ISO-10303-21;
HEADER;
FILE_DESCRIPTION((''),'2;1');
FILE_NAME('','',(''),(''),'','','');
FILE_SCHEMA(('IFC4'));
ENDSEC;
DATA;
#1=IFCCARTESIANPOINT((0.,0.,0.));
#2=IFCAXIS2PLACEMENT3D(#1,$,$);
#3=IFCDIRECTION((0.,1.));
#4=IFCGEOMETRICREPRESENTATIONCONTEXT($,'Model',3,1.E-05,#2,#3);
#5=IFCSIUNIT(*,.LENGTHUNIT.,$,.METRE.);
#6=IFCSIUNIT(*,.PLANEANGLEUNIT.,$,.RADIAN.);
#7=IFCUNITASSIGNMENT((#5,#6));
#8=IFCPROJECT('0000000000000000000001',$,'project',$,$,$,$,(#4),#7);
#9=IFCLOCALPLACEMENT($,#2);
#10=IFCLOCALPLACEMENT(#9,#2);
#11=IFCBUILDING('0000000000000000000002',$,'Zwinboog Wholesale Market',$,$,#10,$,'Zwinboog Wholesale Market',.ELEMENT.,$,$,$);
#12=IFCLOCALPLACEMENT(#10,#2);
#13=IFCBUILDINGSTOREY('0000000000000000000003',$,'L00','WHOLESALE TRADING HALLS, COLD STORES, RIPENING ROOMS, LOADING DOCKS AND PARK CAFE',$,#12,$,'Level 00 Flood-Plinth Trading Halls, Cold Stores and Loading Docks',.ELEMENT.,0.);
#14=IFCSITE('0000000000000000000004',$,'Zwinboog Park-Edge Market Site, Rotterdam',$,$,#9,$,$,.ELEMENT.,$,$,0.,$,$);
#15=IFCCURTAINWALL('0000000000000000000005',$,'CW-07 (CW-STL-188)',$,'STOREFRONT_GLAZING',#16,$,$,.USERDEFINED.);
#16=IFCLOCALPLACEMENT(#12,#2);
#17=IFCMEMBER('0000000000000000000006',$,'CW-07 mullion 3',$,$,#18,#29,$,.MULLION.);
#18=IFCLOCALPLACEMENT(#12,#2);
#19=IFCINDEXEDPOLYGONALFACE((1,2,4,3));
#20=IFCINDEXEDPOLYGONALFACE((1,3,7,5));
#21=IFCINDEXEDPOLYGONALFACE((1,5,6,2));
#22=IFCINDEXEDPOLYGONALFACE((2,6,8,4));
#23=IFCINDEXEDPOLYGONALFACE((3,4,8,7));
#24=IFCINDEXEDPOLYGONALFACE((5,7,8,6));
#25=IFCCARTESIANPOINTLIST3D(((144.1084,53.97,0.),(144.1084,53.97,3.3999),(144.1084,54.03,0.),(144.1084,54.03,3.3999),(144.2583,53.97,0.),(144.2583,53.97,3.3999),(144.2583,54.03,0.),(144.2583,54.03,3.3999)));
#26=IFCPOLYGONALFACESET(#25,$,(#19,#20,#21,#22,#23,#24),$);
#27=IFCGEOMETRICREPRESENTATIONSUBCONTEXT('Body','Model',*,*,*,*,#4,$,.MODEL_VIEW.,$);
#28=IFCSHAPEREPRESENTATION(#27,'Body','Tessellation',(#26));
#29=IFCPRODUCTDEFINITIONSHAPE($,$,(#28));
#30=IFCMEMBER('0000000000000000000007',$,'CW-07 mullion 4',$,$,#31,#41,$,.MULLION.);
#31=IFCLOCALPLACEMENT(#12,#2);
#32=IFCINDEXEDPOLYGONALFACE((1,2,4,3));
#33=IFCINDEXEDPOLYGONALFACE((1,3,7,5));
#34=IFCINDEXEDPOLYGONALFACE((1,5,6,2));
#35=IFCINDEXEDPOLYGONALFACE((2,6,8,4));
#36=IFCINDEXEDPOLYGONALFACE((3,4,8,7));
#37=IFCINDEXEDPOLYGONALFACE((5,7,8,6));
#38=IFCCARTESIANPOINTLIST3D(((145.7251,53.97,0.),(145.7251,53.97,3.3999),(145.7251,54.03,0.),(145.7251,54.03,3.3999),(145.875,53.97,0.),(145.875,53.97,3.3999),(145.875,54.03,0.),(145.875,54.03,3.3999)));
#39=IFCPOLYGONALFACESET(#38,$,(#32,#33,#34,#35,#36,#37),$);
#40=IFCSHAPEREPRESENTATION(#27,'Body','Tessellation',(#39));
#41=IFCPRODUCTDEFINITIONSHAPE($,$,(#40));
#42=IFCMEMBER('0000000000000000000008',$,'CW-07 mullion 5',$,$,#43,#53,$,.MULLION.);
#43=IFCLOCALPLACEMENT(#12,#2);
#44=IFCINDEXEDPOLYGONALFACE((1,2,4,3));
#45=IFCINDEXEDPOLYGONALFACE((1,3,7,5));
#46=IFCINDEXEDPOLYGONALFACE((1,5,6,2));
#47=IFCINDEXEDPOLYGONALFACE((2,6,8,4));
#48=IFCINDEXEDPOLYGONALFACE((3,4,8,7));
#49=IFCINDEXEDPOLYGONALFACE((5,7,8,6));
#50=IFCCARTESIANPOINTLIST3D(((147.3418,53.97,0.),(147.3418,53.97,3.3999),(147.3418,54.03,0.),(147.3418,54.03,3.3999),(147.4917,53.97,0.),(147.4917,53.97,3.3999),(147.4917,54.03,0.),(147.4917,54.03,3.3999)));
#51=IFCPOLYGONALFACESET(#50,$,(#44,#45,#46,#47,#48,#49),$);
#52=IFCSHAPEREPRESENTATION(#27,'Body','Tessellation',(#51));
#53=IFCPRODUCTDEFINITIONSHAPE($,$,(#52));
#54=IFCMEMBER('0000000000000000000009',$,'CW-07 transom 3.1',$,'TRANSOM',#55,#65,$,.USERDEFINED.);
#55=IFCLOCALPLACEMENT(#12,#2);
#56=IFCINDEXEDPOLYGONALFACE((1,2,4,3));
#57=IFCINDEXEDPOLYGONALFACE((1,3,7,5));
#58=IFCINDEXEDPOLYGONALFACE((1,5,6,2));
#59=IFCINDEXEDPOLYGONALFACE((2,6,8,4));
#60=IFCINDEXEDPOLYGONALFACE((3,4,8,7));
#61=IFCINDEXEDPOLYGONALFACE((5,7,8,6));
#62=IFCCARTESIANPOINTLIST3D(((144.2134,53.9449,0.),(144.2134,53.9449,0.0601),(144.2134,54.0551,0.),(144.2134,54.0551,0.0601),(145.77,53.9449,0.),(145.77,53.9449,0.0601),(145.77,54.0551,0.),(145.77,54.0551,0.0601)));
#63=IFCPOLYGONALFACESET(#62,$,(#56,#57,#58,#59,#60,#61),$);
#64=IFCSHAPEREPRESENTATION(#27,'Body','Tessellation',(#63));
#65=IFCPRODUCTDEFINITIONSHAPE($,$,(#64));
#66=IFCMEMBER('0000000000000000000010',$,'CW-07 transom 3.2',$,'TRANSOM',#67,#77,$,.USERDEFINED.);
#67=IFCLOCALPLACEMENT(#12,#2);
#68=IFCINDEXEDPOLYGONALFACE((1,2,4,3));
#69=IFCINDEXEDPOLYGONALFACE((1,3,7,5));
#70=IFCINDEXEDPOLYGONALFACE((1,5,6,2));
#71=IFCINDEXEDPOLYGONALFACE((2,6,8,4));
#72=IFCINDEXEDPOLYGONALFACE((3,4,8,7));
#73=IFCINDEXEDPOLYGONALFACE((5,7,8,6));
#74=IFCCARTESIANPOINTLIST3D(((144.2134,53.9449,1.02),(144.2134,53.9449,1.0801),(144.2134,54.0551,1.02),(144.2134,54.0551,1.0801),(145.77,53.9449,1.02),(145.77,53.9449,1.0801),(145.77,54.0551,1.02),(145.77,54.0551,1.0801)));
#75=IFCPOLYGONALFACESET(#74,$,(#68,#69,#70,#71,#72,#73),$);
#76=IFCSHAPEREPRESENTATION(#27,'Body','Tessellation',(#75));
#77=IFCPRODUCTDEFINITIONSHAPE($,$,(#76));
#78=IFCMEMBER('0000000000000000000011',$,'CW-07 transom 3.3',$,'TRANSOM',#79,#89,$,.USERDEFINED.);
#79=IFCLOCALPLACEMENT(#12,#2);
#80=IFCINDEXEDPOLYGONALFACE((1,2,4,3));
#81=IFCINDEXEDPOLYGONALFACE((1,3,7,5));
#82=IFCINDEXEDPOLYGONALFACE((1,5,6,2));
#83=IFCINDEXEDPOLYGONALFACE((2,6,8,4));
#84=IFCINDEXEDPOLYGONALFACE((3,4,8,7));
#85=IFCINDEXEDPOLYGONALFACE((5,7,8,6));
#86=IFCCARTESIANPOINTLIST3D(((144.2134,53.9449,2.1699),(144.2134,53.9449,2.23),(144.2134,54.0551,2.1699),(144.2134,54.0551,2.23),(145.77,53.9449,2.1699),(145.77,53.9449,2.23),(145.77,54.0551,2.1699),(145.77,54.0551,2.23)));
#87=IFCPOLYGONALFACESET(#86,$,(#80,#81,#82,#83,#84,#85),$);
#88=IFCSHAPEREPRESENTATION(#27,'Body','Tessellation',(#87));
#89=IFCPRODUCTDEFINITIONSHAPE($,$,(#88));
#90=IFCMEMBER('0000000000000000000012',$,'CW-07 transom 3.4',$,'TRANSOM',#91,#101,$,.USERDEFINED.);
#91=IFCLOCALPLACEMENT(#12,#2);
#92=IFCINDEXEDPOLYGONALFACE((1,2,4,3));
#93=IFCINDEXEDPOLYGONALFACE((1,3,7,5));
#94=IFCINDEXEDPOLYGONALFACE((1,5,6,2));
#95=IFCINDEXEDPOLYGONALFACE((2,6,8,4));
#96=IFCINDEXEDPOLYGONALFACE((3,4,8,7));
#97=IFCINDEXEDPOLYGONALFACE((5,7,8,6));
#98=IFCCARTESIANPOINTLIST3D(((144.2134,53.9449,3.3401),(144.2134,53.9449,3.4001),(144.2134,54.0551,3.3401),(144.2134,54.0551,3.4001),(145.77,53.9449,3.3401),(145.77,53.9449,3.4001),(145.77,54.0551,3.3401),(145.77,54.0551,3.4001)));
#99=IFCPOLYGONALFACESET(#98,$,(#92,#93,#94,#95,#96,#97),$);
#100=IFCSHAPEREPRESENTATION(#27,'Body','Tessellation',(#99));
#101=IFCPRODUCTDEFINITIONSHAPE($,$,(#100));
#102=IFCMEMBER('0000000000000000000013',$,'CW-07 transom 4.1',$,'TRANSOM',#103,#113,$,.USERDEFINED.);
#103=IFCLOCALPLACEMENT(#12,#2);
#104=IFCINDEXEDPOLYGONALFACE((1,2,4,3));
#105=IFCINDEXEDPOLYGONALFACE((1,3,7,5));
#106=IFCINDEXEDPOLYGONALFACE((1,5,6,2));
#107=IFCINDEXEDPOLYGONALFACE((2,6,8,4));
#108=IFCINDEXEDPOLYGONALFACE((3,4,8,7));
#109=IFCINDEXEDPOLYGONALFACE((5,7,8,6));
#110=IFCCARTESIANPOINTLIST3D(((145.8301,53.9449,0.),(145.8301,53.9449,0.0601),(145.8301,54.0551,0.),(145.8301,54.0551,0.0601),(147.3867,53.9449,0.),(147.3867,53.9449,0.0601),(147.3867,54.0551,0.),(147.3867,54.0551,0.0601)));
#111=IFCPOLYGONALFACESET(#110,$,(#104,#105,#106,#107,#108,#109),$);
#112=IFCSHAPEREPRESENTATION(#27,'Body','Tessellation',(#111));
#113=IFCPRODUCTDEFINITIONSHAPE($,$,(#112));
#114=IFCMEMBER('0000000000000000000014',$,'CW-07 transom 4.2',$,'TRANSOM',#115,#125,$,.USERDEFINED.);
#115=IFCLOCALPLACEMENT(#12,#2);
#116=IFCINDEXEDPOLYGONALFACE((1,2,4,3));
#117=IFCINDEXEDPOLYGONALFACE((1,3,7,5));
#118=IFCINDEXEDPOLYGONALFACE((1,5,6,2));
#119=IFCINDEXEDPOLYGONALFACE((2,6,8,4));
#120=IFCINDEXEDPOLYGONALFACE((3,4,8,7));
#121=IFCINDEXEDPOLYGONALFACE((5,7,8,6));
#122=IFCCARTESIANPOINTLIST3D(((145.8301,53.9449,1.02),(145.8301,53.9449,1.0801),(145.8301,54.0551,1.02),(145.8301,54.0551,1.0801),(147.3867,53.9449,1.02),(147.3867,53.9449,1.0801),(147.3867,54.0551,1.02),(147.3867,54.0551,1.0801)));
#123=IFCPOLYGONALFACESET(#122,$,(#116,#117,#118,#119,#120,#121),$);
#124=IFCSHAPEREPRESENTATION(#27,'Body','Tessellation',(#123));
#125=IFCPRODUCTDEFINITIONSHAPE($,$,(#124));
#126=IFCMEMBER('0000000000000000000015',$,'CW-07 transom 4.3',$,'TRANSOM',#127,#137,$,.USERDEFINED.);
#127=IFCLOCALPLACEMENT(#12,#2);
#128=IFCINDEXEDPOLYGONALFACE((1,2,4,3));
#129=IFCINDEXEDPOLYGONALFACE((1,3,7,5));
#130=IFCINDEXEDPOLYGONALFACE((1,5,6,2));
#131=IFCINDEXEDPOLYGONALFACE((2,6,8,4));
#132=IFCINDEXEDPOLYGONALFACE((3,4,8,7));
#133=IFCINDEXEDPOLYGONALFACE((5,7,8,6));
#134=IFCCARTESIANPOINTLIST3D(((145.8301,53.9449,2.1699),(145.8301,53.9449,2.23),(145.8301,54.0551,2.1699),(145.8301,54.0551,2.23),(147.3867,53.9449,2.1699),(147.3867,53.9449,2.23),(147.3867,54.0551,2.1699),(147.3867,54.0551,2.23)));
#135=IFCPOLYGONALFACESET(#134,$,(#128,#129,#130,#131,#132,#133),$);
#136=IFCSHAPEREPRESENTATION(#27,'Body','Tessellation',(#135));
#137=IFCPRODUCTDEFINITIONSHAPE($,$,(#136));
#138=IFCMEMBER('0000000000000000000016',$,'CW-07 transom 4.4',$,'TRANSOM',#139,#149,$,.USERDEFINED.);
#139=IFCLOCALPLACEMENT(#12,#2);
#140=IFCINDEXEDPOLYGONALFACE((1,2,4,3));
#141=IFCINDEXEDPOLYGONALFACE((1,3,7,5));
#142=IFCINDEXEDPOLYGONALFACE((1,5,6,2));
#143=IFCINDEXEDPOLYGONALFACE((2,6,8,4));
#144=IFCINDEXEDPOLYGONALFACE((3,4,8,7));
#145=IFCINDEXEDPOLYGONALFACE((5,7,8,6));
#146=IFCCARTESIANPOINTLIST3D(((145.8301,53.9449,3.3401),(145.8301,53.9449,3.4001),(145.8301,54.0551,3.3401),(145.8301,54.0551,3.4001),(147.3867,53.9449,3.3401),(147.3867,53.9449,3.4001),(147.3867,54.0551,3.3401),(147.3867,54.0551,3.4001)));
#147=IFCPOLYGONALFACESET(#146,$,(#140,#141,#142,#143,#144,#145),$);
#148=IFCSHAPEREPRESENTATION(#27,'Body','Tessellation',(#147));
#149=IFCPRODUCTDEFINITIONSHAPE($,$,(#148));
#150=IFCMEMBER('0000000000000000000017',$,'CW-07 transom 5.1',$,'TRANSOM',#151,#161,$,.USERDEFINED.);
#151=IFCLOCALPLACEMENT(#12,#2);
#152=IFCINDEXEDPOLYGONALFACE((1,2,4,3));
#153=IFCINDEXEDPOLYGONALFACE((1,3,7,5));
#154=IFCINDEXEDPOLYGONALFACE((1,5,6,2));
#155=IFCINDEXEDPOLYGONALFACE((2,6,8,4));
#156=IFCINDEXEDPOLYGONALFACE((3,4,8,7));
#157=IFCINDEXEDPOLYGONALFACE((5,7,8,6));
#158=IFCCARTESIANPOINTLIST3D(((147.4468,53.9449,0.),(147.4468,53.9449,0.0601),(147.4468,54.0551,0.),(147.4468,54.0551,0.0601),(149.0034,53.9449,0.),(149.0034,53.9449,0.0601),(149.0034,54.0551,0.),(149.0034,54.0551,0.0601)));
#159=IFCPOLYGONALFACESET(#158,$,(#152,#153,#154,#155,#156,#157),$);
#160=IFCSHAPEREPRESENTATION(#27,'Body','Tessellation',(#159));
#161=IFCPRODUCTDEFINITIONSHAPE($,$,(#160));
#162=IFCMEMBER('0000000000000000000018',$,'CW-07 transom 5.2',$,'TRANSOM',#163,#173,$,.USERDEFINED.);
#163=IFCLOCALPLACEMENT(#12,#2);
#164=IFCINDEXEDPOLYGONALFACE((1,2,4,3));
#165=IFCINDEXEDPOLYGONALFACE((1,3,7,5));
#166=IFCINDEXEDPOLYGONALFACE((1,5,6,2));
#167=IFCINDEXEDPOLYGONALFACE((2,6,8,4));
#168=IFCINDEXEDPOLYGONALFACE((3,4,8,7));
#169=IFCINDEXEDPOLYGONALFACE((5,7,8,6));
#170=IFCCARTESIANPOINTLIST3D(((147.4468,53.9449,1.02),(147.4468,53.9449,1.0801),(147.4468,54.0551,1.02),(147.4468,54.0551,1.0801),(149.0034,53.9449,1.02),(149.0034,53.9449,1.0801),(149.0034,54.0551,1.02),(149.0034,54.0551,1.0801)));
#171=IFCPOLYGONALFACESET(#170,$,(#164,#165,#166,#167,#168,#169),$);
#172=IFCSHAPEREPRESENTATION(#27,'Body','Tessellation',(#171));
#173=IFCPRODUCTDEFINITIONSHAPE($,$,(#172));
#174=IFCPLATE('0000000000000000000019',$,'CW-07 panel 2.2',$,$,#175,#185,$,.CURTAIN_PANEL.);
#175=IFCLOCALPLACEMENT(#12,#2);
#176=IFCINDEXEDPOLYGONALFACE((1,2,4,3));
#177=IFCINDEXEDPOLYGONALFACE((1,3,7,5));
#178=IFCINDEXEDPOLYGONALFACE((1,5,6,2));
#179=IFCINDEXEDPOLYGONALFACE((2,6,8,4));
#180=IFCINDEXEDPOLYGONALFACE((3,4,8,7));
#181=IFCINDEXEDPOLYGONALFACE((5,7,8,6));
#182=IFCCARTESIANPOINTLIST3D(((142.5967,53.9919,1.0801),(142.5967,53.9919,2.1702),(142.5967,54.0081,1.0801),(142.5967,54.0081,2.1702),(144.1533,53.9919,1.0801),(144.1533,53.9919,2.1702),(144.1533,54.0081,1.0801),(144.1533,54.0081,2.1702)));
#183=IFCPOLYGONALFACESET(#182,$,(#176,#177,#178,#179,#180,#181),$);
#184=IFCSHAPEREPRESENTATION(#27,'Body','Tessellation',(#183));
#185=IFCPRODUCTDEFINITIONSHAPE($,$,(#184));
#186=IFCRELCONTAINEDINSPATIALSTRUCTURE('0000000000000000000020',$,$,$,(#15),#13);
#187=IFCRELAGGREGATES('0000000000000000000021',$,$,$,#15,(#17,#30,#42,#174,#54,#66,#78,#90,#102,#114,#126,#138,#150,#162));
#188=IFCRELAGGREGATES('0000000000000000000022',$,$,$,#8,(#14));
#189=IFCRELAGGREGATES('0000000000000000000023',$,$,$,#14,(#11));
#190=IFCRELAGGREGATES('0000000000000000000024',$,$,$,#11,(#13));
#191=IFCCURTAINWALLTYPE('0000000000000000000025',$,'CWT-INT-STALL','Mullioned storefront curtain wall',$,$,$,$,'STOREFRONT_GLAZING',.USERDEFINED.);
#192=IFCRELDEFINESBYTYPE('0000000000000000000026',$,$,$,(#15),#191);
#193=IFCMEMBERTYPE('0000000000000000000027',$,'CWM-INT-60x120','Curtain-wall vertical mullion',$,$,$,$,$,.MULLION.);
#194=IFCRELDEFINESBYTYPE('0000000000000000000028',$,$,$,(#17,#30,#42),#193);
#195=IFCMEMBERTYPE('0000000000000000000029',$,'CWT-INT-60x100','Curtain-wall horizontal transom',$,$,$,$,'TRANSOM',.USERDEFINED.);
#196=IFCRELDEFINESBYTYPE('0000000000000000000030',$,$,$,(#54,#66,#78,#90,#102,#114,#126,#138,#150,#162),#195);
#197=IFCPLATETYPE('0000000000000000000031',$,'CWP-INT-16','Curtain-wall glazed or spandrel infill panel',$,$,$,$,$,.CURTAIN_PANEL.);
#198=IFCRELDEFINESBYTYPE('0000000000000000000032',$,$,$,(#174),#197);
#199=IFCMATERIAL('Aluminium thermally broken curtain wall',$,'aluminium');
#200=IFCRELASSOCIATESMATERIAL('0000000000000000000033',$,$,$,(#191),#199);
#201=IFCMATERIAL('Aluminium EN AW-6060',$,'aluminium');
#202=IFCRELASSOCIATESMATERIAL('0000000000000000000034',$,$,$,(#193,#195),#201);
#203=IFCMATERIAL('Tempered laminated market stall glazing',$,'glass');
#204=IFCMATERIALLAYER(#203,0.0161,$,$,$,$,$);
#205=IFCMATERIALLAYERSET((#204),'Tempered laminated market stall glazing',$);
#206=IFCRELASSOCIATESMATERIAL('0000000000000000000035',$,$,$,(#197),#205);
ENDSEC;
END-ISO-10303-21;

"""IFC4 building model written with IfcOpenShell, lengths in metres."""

from ifc_helpers import new_model, si_unit, direction, frame, origin, origin_2d, place, context, subcontext, project, spatial, rectangle, extrude, material, layer, layer_set, material_profile, profile_set, type_object, element, aggregate, save


model = new_model("IFC4")

# Units and contexts
model_context = context("Model", 3, precision=1e-05, world=origin(), true_north=direction((0.0, 1.0)))
body_context = subcontext(model_context, "Body", "Model", "MODEL_VIEW")
ifc_project = project(units=[si_unit("LENGTHUNIT", "METRE"), si_unit("PLANEANGLEUNIT", "RADIAN")], contexts=[model_context])

# Site, building, storey
site_placement = place(None, origin())
site = spatial("IfcSite", under=ifc_project, at=site_placement, Name="Zwinboog Park-Edge Market Site, Rotterdam", CompositionType="ELEMENT", RefElevation=0.0)
building_placement = place(site_placement, origin())
building = spatial("IfcBuilding", under=site, at=building_placement, Name="Zwinboog Wholesale Market", LongName="Zwinboog Wholesale Market", CompositionType="ELEMENT")
storey_placement = place(building_placement, origin())
storey = spatial("IfcBuildingStorey", under=building, at=storey_placement, Name="L00", Description="WHOLESALE TRADING HALLS, COLD STORES, RIPENING ROOMS, LOADING DOCKS AND PARK CAFE", LongName="Level 00 Flood-Plinth Trading Halls, Cold Stores and Loading Docks", CompositionType="ELEMENT", Elevation=0.0)

# Curtain wall, members, plate
ifc_material_1 = material(Name="Aluminium thermally broken curtain wall", Category="aluminium")
curtain_wall_type = type_object("IfcCurtainWallType", Name="CWT-INT-STALL", Description="Mullioned storefront curtain wall", ElementType="STOREFRONT_GLAZING", PredefinedType="USERDEFINED", material=ifc_material_1)
curtain_wall_placement = place(storey_placement, origin())
curtain_wall = element("IfcCurtainWall", 1, at=curtain_wall_placement, inside=storey, type_object=curtain_wall_type, Name="CW-07 (CW-STL-188)", ObjectType="STOREFRONT_GLAZING", PredefinedType="USERDEFINED")
ifc_material_2 = material(Name="Aluminium EN AW-6060", Category="aluminium")
ifc_material_profile_1 = material_profile(ifc_material_2, rectangle(XDim=0.0601, YDim=0.1499, at=origin_2d()), Name="AL 60x150")
ifc_profile_set_1 = profile_set([ifc_material_profile_1], Name="Aluminium EN AW-6060")
member_type_1 = type_object("IfcMemberType", Name="CWM-INT-60x120", Description="Curtain-wall vertical mullion", PredefinedType="MULLION", material=ifc_profile_set_1)
member_1_placement = place(storey_placement, frame((144.1833, 54.0, 0.0), z_axis=(0.0, 0.0, 1.0), x_axis=(0.0, 1.0, 0.0)))
member_1 = element("IfcMember", 2, at=member_1_placement, type_object=member_type_1, Name="CW-07 mullion 3", PredefinedType="MULLION", context=body_context, shape_type="SweptSolid", body=[
    extrude(rectangle(XDim=0.0601, YDim=0.1499, at=origin_2d()), origin(), (0.0, 0.0, 1.0), 3.3999),
])
member_2_placement = place(storey_placement, frame((145.8, 54.0, 0.0), z_axis=(0.0, 0.0, 1.0), x_axis=(0.0, 1.0, 0.0)))
member_2 = element("IfcMember", 3, at=member_2_placement, type_object=member_type_1, Name="CW-07 mullion 4", PredefinedType="MULLION", context=body_context, shape_type="SweptSolid", body=[
    extrude(rectangle(XDim=0.0601, YDim=0.1499, at=origin_2d()), origin(), (0.0, 0.0, 1.0), 3.3999),
])
member_3_placement = place(storey_placement, frame((147.4167, 54.0, 0.0), z_axis=(0.0, 0.0, 1.0), x_axis=(0.0, 1.0, 0.0)))
member_3 = element("IfcMember", 4, at=member_3_placement, type_object=member_type_1, Name="CW-07 mullion 5", PredefinedType="MULLION", context=body_context, shape_type="SweptSolid", body=[
    extrude(rectangle(XDim=0.0601, YDim=0.1499, at=origin_2d()), origin(), (0.0, 0.0, 1.0), 3.3999),
])
ifc_material_profile_2 = material_profile(ifc_material_2, rectangle(XDim=0.1101, YDim=0.0601, at=origin_2d()), Name="AL 60x110")
ifc_profile_set_2 = profile_set([ifc_material_profile_2], Name="Aluminium EN AW-6060")
member_type_2 = type_object("IfcMemberType", Name="CWT-INT-60x100", Description="Curtain-wall horizontal transom", ElementType="TRANSOM", PredefinedType="USERDEFINED", material=ifc_profile_set_2)
member_4_placement = place(storey_placement, frame((144.2134, 54.0, 0.03), z_axis=(1.0, 0.0, 0.0), x_axis=(0.0, 1.0, 0.0)))
member_4 = element("IfcMember", 5, at=member_4_placement, type_object=member_type_2, Name="CW-07 transom 3.1", ObjectType="TRANSOM", PredefinedType="USERDEFINED", context=body_context, shape_type="SweptSolid", body=[
    extrude(rectangle(XDim=0.1101, YDim=0.0601, at=origin_2d()), origin(), (0.0, 0.0, 1.0), 1.5566),
])
member_5_placement = place(storey_placement, frame((144.2134, 54.0, 1.05), z_axis=(1.0, 0.0, 0.0), x_axis=(0.0, 1.0, 0.0)))
member_5 = element("IfcMember", 6, at=member_5_placement, type_object=member_type_2, Name="CW-07 transom 3.2", ObjectType="TRANSOM", PredefinedType="USERDEFINED", context=body_context, shape_type="SweptSolid", body=[
    extrude(rectangle(XDim=0.1101, YDim=0.0601, at=origin_2d()), origin(), (0.0, 0.0, 1.0), 1.5566),
])
member_6_placement = place(storey_placement, frame((144.2134, 54.0, 2.2), z_axis=(1.0, 0.0, 0.0), x_axis=(0.0, 1.0, 0.0)))
member_6 = element("IfcMember", 7, at=member_6_placement, type_object=member_type_2, Name="CW-07 transom 3.3", ObjectType="TRANSOM", PredefinedType="USERDEFINED", context=body_context, shape_type="SweptSolid", body=[
    extrude(rectangle(XDim=0.1101, YDim=0.0601, at=origin_2d()), origin(), (0.0, 0.0, 1.0), 1.5566),
])
member_7_placement = place(storey_placement, frame((144.2134, 54.0, 3.3701), z_axis=(1.0, 0.0, 0.0), x_axis=(0.0, 1.0, 0.0)))
member_7 = element("IfcMember", 8, at=member_7_placement, type_object=member_type_2, Name="CW-07 transom 3.4", ObjectType="TRANSOM", PredefinedType="USERDEFINED", context=body_context, shape_type="SweptSolid", body=[
    extrude(rectangle(XDim=0.1101, YDim=0.0601, at=origin_2d()), origin(), (0.0, 0.0, 1.0), 1.5566),
])
member_8_placement = place(storey_placement, frame((145.8301, 54.0, 0.03), z_axis=(1.0, 0.0, 0.0), x_axis=(0.0, 1.0, 0.0)))
member_8 = element("IfcMember", 9, at=member_8_placement, type_object=member_type_2, Name="CW-07 transom 4.1", ObjectType="TRANSOM", PredefinedType="USERDEFINED", context=body_context, shape_type="SweptSolid", body=[
    extrude(rectangle(XDim=0.1101, YDim=0.0601, at=origin_2d()), origin(), (0.0, 0.0, 1.0), 1.5566),
])
member_9_placement = place(storey_placement, frame((145.8301, 54.0, 1.05), z_axis=(1.0, 0.0, 0.0), x_axis=(0.0, 1.0, 0.0)))
member_9 = element("IfcMember", 10, at=member_9_placement, type_object=member_type_2, Name="CW-07 transom 4.2", ObjectType="TRANSOM", PredefinedType="USERDEFINED", context=body_context, shape_type="SweptSolid", body=[
    extrude(rectangle(XDim=0.1101, YDim=0.0601, at=origin_2d()), origin(), (0.0, 0.0, 1.0), 1.5566),
])
member_10_placement = place(storey_placement, frame((145.8301, 54.0, 2.2), z_axis=(1.0, 0.0, 0.0), x_axis=(0.0, 1.0, 0.0)))
member_10 = element("IfcMember", 11, at=member_10_placement, type_object=member_type_2, Name="CW-07 transom 4.3", ObjectType="TRANSOM", PredefinedType="USERDEFINED", context=body_context, shape_type="SweptSolid", body=[
    extrude(rectangle(XDim=0.1101, YDim=0.0601, at=origin_2d()), origin(), (0.0, 0.0, 1.0), 1.5566),
])
member_11_placement = place(storey_placement, frame((145.8301, 54.0, 3.3701), z_axis=(1.0, 0.0, 0.0), x_axis=(0.0, 1.0, 0.0)))
member_11 = element("IfcMember", 12, at=member_11_placement, type_object=member_type_2, Name="CW-07 transom 4.4", ObjectType="TRANSOM", PredefinedType="USERDEFINED", context=body_context, shape_type="SweptSolid", body=[
    extrude(rectangle(XDim=0.1101, YDim=0.0601, at=origin_2d()), origin(), (0.0, 0.0, 1.0), 1.5566),
])
member_12_placement = place(storey_placement, frame((147.4468, 54.0, 0.03), z_axis=(1.0, 0.0, 0.0), x_axis=(0.0, 1.0, 0.0)))
member_12 = element("IfcMember", 13, at=member_12_placement, type_object=member_type_2, Name="CW-07 transom 5.1", ObjectType="TRANSOM", PredefinedType="USERDEFINED", context=body_context, shape_type="SweptSolid", body=[
    extrude(rectangle(XDim=0.1101, YDim=0.0601, at=origin_2d()), origin(), (0.0, 0.0, 1.0), 1.5566),
])
member_13_placement = place(storey_placement, frame((147.4468, 54.0, 1.05), z_axis=(1.0, 0.0, 0.0), x_axis=(0.0, 1.0, 0.0)))
member_13 = element("IfcMember", 14, at=member_13_placement, type_object=member_type_2, Name="CW-07 transom 5.2", ObjectType="TRANSOM", PredefinedType="USERDEFINED", context=body_context, shape_type="SweptSolid", body=[
    extrude(rectangle(XDim=0.1101, YDim=0.0601, at=origin_2d()), origin(), (0.0, 0.0, 1.0), 1.5566),
])
ifc_material_3 = material(Name="Tempered laminated market stall glazing", Category="glass")
ifc_layer = layer(ifc_material_3, 0.0161)
ifc_layer_set = layer_set([ifc_layer], Name="Tempered laminated market stall glazing")
plate_type = type_object("IfcPlateType", Name="CWP-INT-16", Description="Curtain-wall glazed or spandrel infill panel", PredefinedType="CURTAIN_PANEL", material=ifc_layer_set)
plate_1_placement = place(storey_placement, frame((143.375, 54.0, 1.0801), z_axis=(0.0, 0.0, 1.0), x_axis=(1.0, 0.0, 0.0)))
plate_1 = element("IfcPlate", 15, at=plate_1_placement, type_object=plate_type, Name="CW-07 panel 2.2", PredefinedType="CURTAIN_PANEL", context=body_context, shape_type="SweptSolid", body=[
    extrude(rectangle(XDim=1.5566, YDim=0.0161, at=origin_2d()), origin(), (0.0, 0.0, 1.0), 1.0901),
])
aggregate(curtain_wall, [member_1, member_2, member_3, plate_1, member_4, member_5, member_6, member_7, member_8, member_9, member_10, member_11, member_12, member_13])

save(model, "model.ifc")
